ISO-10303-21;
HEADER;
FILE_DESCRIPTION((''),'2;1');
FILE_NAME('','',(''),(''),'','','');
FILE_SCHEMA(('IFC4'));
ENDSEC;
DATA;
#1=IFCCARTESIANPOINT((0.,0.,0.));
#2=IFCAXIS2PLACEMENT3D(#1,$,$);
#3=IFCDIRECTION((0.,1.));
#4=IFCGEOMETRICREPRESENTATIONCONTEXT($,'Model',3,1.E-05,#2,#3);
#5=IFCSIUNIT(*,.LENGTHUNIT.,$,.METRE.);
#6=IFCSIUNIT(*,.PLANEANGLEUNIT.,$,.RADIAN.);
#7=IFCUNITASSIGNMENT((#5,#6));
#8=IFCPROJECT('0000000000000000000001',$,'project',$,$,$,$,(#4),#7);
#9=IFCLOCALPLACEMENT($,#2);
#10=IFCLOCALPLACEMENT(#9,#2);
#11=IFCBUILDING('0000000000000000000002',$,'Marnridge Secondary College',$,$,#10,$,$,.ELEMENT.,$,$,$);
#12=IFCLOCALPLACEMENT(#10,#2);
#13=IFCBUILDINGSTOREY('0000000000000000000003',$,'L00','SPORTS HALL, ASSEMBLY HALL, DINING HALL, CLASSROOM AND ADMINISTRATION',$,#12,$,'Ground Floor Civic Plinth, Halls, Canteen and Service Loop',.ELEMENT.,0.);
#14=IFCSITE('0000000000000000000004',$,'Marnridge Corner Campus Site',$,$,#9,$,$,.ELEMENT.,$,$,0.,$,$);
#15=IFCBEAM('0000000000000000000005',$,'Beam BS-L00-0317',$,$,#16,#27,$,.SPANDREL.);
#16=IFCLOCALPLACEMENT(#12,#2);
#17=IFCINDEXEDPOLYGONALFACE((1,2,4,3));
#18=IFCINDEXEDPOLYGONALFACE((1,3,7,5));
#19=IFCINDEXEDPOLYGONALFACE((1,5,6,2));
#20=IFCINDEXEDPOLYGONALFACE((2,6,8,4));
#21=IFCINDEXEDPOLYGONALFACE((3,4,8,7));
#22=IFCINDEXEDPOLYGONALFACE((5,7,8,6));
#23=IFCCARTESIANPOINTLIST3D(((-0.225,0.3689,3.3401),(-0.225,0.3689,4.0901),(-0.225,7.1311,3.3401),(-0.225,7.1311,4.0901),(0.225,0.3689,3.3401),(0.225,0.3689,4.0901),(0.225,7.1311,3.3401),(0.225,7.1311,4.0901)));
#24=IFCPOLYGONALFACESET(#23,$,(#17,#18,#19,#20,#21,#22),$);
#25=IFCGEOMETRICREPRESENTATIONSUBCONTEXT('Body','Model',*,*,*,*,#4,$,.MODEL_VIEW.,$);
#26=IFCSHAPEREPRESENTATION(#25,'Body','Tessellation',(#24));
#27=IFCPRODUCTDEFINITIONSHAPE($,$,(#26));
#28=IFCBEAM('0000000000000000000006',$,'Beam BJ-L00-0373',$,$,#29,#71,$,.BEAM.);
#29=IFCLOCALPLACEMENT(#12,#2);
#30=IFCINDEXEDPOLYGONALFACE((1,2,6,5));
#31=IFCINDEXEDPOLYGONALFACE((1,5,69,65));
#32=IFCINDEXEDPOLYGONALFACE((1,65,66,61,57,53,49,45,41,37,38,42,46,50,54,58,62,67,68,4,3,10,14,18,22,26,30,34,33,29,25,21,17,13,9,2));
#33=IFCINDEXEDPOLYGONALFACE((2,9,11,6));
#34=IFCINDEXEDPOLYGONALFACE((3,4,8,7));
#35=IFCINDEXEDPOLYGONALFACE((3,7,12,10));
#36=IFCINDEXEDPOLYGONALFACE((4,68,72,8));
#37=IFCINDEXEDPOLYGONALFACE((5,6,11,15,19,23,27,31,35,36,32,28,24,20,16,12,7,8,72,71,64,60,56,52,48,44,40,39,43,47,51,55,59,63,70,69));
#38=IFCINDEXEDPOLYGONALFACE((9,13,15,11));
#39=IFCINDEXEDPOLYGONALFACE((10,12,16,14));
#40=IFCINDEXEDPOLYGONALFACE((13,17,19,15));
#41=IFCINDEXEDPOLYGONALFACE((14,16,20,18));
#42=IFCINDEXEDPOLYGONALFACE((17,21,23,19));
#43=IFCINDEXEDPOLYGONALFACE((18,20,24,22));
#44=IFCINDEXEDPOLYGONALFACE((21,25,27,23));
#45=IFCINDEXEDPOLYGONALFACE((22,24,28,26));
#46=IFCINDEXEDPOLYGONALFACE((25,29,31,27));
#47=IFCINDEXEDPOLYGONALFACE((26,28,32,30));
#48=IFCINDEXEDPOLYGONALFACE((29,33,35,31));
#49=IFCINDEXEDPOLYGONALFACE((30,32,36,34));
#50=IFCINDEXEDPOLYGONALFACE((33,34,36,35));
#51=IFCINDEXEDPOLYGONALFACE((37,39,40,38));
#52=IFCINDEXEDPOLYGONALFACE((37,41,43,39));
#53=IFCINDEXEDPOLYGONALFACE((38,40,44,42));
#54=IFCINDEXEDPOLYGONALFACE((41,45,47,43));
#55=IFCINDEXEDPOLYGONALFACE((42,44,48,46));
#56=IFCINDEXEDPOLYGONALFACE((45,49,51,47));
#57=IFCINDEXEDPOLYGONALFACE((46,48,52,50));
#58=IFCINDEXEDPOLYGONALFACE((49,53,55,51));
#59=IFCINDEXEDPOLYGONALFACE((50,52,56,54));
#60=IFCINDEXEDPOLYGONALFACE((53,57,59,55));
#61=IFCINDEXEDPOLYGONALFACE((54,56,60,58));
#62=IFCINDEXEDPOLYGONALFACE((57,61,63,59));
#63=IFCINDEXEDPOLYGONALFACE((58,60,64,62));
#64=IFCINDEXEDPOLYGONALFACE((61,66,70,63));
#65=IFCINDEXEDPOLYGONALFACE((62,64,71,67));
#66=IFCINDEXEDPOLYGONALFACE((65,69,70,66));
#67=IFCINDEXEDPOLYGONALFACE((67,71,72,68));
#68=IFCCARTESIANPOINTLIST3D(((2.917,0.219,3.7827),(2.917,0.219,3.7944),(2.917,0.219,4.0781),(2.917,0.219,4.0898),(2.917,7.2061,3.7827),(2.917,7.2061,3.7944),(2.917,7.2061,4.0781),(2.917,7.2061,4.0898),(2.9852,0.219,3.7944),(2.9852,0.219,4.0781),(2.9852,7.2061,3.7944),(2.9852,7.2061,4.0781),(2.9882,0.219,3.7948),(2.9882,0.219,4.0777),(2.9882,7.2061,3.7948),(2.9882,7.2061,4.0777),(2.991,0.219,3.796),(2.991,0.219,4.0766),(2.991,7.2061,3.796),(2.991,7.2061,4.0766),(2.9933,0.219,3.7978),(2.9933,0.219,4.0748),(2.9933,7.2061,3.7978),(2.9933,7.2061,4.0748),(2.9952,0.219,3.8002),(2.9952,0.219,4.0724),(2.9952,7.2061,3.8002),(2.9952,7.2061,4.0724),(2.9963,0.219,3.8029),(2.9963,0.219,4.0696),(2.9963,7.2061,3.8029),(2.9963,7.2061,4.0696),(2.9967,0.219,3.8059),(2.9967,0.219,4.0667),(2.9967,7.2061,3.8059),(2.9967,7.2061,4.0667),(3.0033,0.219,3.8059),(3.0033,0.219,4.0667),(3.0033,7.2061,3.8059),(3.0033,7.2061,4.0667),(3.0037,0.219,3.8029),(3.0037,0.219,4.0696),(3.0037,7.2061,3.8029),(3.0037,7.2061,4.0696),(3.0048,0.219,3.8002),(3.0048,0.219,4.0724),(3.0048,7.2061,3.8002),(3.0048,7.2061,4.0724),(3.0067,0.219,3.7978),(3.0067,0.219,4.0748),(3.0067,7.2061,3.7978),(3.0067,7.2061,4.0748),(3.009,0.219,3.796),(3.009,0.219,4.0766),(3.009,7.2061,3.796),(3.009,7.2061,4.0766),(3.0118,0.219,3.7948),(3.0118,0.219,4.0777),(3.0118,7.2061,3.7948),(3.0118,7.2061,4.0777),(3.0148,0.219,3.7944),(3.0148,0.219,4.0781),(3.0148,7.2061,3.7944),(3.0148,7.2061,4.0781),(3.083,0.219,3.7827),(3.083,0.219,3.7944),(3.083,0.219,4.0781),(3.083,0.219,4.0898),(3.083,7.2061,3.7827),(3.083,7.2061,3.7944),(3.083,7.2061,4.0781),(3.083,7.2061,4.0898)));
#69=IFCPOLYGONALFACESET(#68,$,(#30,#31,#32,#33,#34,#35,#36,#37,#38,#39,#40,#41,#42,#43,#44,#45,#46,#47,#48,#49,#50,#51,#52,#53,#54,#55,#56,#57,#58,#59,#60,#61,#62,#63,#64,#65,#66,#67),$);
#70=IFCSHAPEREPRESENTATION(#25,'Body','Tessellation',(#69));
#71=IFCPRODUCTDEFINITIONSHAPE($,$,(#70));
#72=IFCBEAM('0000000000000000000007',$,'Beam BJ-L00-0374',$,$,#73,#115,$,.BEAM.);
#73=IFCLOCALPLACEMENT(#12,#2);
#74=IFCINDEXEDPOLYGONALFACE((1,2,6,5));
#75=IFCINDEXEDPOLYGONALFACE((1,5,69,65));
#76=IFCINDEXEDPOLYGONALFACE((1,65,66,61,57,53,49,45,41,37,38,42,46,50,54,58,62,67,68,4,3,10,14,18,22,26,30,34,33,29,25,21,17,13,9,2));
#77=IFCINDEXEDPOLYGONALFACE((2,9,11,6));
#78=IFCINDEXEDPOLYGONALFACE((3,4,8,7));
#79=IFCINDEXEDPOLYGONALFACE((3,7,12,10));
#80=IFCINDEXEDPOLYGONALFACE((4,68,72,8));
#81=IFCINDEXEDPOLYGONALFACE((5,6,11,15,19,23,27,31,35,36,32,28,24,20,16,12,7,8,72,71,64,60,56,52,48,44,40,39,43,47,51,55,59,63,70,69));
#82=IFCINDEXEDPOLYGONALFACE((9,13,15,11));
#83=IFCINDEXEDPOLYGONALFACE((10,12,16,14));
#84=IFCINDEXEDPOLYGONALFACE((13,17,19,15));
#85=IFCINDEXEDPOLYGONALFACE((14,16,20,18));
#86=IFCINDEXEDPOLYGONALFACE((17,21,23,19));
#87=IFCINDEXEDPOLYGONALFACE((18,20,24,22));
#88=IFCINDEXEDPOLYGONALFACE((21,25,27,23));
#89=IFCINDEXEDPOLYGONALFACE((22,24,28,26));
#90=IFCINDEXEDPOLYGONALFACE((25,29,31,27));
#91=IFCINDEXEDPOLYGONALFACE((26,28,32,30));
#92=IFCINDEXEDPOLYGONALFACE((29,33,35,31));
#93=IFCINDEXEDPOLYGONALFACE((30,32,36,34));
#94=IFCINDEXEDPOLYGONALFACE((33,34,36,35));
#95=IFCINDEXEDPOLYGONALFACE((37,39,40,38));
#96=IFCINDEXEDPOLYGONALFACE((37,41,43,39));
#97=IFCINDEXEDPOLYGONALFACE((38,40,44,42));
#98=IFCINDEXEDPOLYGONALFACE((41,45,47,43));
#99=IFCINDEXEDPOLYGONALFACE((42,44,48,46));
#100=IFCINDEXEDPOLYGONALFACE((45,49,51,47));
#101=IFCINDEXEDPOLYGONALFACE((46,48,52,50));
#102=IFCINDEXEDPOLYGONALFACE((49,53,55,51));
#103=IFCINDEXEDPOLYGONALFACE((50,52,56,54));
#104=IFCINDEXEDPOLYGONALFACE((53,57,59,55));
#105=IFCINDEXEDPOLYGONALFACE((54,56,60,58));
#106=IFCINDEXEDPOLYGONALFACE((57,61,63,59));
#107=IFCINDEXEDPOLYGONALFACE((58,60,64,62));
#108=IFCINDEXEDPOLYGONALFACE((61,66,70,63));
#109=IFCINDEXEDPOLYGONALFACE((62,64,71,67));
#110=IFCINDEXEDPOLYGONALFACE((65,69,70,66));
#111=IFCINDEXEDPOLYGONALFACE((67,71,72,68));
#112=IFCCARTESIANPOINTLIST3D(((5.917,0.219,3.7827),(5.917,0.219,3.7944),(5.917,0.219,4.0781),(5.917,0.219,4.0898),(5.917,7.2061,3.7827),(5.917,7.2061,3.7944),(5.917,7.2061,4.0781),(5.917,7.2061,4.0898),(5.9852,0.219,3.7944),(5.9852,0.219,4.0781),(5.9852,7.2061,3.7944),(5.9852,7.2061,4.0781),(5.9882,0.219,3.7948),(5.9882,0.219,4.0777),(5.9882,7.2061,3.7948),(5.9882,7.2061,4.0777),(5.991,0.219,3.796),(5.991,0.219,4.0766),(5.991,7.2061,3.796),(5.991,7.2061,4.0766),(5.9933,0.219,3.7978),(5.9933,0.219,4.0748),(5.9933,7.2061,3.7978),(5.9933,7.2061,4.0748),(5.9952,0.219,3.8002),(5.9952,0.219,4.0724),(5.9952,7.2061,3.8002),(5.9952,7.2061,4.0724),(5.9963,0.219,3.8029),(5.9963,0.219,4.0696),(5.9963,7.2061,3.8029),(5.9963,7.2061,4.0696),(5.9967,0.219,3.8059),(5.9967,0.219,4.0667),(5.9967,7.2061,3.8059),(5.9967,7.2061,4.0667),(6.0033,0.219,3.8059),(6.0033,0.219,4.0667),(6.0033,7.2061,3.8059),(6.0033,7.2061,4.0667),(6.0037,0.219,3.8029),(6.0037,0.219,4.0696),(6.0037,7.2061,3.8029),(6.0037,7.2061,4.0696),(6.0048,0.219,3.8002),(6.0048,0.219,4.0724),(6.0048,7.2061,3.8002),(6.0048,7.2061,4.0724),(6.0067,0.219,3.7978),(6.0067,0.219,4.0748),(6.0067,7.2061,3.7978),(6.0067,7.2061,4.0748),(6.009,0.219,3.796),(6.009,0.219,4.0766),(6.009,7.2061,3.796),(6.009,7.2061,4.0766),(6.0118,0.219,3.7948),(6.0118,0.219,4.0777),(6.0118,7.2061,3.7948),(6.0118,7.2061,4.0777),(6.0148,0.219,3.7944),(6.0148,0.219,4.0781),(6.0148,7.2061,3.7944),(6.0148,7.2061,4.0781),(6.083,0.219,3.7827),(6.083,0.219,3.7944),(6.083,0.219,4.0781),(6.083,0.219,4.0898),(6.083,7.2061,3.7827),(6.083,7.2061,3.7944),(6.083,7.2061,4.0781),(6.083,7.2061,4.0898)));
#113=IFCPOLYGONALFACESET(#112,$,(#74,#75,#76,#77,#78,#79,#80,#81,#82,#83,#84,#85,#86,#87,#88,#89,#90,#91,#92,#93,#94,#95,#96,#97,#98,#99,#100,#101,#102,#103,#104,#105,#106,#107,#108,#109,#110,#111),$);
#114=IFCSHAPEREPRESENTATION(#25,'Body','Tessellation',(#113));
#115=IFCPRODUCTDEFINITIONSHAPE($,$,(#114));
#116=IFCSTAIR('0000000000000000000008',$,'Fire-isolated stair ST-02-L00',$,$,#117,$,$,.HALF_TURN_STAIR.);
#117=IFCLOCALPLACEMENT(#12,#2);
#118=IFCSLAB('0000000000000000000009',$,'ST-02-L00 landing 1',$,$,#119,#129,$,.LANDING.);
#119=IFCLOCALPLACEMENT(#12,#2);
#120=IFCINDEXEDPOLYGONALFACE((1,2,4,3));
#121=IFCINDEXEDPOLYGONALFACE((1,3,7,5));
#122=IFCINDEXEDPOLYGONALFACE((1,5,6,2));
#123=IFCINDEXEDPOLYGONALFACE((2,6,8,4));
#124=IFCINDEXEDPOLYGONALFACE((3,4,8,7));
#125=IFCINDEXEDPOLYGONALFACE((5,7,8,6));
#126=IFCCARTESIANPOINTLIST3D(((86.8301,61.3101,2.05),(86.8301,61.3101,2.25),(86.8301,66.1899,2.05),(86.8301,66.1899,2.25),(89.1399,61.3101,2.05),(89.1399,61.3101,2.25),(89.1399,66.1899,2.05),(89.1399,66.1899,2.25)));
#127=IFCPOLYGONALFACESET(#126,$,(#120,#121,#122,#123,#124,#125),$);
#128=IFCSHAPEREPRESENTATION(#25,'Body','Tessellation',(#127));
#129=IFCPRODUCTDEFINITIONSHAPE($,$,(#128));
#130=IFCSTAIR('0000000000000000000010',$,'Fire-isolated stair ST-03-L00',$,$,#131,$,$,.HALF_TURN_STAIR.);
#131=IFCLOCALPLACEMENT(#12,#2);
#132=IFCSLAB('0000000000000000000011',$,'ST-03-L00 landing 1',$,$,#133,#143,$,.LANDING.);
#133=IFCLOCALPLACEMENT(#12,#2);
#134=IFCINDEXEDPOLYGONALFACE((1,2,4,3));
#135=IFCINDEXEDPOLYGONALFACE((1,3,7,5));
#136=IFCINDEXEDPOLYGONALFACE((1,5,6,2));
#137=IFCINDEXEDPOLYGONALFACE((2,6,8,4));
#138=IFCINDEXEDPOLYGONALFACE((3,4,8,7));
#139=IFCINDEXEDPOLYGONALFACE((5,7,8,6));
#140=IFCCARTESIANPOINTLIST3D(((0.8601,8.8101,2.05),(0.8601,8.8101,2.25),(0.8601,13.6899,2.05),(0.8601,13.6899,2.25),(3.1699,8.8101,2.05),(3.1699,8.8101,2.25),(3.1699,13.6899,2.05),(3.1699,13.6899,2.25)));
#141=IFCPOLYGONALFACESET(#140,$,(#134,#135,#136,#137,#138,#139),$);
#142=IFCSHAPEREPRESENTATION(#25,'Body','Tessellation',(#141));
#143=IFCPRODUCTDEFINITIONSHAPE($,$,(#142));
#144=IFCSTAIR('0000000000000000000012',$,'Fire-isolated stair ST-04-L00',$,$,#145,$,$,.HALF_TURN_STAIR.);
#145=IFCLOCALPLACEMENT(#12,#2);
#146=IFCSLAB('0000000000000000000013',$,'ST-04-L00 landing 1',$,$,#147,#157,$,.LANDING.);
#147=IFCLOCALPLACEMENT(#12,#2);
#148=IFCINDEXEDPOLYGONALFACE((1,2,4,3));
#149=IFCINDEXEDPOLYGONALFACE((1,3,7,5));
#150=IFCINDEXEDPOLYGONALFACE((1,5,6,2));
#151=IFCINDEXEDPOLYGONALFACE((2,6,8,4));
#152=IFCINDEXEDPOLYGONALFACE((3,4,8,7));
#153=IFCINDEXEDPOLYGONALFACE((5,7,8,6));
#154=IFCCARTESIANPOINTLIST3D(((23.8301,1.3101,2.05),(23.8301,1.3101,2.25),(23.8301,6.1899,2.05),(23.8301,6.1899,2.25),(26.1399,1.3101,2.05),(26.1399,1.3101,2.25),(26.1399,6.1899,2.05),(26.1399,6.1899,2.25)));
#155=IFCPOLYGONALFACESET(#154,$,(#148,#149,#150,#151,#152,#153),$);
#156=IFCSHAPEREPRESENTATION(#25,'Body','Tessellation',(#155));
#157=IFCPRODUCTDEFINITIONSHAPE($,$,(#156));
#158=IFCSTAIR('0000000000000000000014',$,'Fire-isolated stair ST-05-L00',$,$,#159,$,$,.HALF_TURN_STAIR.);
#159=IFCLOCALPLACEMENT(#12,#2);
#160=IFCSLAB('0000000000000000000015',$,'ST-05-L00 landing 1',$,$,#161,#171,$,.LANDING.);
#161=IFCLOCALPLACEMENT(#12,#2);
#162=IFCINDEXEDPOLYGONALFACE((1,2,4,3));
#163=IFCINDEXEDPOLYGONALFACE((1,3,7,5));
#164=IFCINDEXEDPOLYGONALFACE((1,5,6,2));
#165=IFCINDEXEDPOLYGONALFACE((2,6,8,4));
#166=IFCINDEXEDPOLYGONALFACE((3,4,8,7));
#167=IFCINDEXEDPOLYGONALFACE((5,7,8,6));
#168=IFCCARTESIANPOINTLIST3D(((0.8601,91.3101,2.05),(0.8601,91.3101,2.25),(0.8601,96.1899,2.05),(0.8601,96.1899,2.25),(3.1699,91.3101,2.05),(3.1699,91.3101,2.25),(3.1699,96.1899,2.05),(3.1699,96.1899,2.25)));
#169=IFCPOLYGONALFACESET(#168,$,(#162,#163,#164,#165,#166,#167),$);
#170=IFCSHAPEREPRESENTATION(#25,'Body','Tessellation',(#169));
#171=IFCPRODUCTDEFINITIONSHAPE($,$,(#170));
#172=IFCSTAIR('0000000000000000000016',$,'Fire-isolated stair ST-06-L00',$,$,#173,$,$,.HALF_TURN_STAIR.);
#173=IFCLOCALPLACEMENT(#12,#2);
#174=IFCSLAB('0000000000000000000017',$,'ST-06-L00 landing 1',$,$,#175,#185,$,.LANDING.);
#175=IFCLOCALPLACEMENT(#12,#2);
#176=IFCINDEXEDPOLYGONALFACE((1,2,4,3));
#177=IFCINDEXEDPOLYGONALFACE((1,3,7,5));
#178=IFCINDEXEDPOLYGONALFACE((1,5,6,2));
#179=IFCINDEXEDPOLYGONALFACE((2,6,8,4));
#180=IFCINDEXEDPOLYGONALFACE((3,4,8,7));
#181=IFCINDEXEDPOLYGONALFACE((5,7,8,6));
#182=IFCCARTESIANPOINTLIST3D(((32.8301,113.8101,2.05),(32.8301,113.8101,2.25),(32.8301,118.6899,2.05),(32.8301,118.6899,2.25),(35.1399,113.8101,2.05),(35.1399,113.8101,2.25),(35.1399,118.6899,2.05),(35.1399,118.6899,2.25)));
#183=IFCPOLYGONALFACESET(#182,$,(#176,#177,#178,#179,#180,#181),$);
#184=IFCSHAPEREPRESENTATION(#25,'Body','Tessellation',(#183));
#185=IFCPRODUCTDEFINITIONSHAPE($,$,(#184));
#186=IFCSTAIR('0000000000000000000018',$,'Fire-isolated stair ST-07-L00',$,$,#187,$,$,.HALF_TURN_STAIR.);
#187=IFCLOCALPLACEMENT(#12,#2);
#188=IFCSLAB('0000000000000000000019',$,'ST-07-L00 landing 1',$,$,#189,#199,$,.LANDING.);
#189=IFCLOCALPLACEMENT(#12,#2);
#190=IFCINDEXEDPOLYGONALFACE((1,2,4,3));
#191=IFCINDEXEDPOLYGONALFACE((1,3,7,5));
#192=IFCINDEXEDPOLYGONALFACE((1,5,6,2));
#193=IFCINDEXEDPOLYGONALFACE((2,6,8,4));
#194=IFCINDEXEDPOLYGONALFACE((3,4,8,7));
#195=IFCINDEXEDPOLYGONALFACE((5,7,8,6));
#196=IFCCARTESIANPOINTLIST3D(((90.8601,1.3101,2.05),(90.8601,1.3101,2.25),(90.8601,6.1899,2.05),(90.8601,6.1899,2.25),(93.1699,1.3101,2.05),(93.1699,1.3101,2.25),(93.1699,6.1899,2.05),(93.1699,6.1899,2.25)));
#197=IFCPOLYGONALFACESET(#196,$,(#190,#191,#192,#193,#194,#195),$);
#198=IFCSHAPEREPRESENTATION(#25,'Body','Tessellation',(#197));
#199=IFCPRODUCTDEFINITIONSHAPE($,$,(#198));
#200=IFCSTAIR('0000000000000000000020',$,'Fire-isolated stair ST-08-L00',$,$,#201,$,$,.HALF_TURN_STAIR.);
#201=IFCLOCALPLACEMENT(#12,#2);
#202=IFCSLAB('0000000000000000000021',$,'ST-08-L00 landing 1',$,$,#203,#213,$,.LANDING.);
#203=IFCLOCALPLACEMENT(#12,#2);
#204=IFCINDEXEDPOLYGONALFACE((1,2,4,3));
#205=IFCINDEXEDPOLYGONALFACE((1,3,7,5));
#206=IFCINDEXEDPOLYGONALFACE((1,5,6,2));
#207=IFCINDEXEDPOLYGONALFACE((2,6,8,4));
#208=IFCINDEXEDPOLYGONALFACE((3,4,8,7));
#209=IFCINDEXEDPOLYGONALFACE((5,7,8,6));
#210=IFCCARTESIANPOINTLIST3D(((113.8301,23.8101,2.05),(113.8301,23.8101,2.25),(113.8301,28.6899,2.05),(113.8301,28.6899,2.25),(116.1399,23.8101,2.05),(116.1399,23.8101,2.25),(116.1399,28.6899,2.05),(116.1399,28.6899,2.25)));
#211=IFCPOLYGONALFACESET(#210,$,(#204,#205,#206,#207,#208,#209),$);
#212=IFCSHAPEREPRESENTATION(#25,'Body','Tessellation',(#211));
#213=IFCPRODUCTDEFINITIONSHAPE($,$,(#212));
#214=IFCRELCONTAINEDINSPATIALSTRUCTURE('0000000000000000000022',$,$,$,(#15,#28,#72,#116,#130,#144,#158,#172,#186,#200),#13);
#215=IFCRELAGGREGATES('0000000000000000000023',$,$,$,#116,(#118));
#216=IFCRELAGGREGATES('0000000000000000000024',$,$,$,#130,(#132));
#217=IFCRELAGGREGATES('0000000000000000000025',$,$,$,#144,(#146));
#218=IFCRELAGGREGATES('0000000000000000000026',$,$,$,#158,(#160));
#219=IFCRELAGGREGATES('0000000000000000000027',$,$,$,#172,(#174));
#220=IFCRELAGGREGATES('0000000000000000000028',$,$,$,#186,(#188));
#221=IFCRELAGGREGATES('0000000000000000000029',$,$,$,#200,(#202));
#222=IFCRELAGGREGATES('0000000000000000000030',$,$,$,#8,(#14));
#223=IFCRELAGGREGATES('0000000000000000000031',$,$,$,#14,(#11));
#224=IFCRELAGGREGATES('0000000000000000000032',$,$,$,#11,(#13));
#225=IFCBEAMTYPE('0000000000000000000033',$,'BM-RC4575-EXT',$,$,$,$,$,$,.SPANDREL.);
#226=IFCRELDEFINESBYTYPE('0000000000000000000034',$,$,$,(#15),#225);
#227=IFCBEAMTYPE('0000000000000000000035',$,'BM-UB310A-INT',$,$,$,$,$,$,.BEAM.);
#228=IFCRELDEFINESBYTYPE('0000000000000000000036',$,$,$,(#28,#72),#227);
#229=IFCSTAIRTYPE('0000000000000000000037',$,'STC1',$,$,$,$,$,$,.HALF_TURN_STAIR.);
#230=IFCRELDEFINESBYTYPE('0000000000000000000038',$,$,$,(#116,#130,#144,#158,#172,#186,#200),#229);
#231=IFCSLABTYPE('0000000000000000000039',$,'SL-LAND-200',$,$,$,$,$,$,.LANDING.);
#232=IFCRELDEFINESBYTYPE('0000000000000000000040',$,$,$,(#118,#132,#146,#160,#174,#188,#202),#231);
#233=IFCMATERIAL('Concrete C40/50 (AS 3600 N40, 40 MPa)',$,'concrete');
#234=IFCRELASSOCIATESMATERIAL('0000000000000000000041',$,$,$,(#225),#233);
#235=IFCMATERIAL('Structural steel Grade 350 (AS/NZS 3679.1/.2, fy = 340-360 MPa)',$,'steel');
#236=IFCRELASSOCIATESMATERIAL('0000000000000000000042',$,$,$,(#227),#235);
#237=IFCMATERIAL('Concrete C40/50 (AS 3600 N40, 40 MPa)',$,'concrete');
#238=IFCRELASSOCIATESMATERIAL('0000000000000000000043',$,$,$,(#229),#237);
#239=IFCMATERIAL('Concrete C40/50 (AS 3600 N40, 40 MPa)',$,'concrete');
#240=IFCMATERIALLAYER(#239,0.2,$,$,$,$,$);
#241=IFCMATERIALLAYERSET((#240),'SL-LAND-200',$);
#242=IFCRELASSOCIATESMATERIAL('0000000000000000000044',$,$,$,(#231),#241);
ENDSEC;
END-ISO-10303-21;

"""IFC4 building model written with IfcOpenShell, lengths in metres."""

from ifc_helpers import new_model, si_unit, direction, frame, origin, origin_2d, place, context, subcontext, project, spatial, polyline, rectangle, i_section, outline, extrude, material, layer, layer_set, material_profile, profile_set, type_object, element, aggregate, save


model = new_model("IFC4")

# Units and contexts
model_context = context("Model", 3, precision=1e-05, world=origin(), true_north=direction((0.0, 1.0)))
body_context = subcontext(model_context, "Body", "Model", "MODEL_VIEW")
ifc_project = project(units=[si_unit("LENGTHUNIT", "METRE"), si_unit("PLANEANGLEUNIT", "RADIAN")], contexts=[model_context])

# Site, building, storey
site_placement = place(None, origin())
site = spatial("IfcSite", under=ifc_project, at=site_placement, Name="Marnridge Corner Campus Site", CompositionType="ELEMENT", RefElevation=0.0)
building_placement = place(site_placement, origin())
building = spatial("IfcBuilding", under=site, at=building_placement, Name="Marnridge Secondary College", CompositionType="ELEMENT")
storey_placement = place(building_placement, origin())
storey = spatial("IfcBuildingStorey", under=building, at=storey_placement, Name="L00", Description="SPORTS HALL, ASSEMBLY HALL, DINING HALL, CLASSROOM AND ADMINISTRATION", LongName="Ground Floor Civic Plinth, Halls, Canteen and Service Loop", CompositionType="ELEMENT", Elevation=0.0)

# Beams
ifc_material_1 = material(Name="Concrete C40/50 (AS 3600 N40, 40 MPa)", Category="concrete")
ifc_material_profile_1 = material_profile(ifc_material_1, rectangle(XDim=0.45, YDim=0.75, at=origin_2d()), Name="RC 450x750")
ifc_profile_set_1 = profile_set([ifc_material_profile_1], Name="Concrete C40/50 (AS 3600 N40, 40 MPa)")
beam_type_1 = type_object("IfcBeamType", Name="BM-RC4575-EXT", PredefinedType="SPANDREL", material=ifc_profile_set_1)
beam_1_placement = place(storey_placement, frame((0.0, 0.3689, 3.7151), z_axis=(0.0, 1.0, 0.0), x_axis=(-1.0, 0.0, 0.0)))
element("IfcBeam", 1, at=beam_1_placement, inside=storey, type_object=beam_type_1, Name="Beam BS-L00-0317", PredefinedType="SPANDREL", context=body_context, shape_type="SweptSolid", body=[
    extrude(rectangle(XDim=0.45, YDim=0.75, at=origin_2d()), origin(), (0.0, 0.0, 1.0), 6.7622),
])
ifc_material_2 = material(Name="Structural steel Grade 350 (AS/NZS 3679.1/.2, fy = 340-360 MPa)", Category="steel")
ifc_material_profile_2 = material_profile(ifc_material_2, i_section(OverallWidth=0.166, OverallDepth=0.3071, WebThickness=0.0066, FlangeThickness=0.0117, FilletRadius=0.0115, at=origin_2d()), Name="310UB46.2")
ifc_profile_set_2 = profile_set([ifc_material_profile_2], Name="Structural steel Grade 350 (AS/NZS 3679.1/.2, fy = 340-360 MPa)")
beam_type_2 = type_object("IfcBeamType", Name="BM-UB310A-INT", PredefinedType="BEAM", material=ifc_profile_set_2)
for number, where, z_axis, x_axis, name in (
    (2, (3.0, 0.219, 3.9363), (0.0, 1.0, 0.0), (-1.0, 0.0, 0.0), "Beam BJ-L00-0373"),
    (3, (6.0, 0.219, 3.9363), (0.0, 1.0, 0.0), (-1.0, 0.0, 0.0), "Beam BJ-L00-0374"),
):
    element("IfcBeam", number, at=place(storey_placement, frame(where, z_axis=z_axis, x_axis=x_axis)), inside=storey, type_object=beam_type_2, Name=name, PredefinedType="BEAM", context=body_context, shape_type="SweptSolid", body=[
        extrude(i_section(OverallWidth=0.166, OverallDepth=0.3071, WebThickness=0.0066, FlangeThickness=0.0117, FilletRadius=0.0115, at=origin_2d()), origin(), (0.0, 0.0, 1.0), 6.9871),
    ])

# Stairs, slabs
ifc_material_3 = material(Name="Concrete C40/50 (AS 3600 N40, 40 MPa)", Category="concrete")
stair_type = type_object("IfcStairType", Name="STC1", PredefinedType="HALF_TURN_STAIR", material=ifc_material_3)
stair_1_placement = place(storey_placement, origin())
stair_1 = element("IfcStair", 4, at=stair_1_placement, inside=storey, type_object=stair_type, Name="Fire-isolated stair ST-02-L00", PredefinedType="HALF_TURN_STAIR")
ifc_material_4 = material(Name="Concrete C40/50 (AS 3600 N40, 40 MPa)", Category="concrete")
ifc_layer_1 = layer(ifc_material_4, 0.2)
ifc_layer_set_1 = layer_set([ifc_layer_1], Name="SL-LAND-200")
slab_type = type_object("IfcSlabType", Name="SL-LAND-200", PredefinedType="LANDING", material=ifc_layer_set_1)
slab_1_placement = place(storey_placement, frame((0.0, 0.0, 2.05)))
slab_1 = element("IfcSlab", 5, at=slab_1_placement, type_object=slab_type, Name="ST-02-L00 landing 1", PredefinedType="LANDING", context=body_context, shape_type="SweptSolid", body=[
    extrude(outline(polyline([(86.8301, 61.3101), (89.1399, 61.3101), (89.1399, 66.1899), (86.8301, 66.1899), (86.8301, 61.3101)])), origin(), (0.0, 0.0, 1.0), 0.2),
])
aggregate(stair_1, [slab_1])
stair_2_placement = place(storey_placement, origin())
stair_2 = element("IfcStair", 6, at=stair_2_placement, inside=storey, type_object=stair_type, Name="Fire-isolated stair ST-03-L00", PredefinedType="HALF_TURN_STAIR")
slab_2_placement = place(storey_placement, frame((0.0, 0.0, 2.05)))
slab_2 = element("IfcSlab", 7, at=slab_2_placement, type_object=slab_type, Name="ST-03-L00 landing 1", PredefinedType="LANDING", context=body_context, shape_type="SweptSolid", body=[
    extrude(outline(polyline([(0.8601, 8.8101), (3.1699, 8.8101), (3.1699, 13.6899), (0.8601, 13.6899), (0.8601, 8.8101)])), origin(), (0.0, 0.0, 1.0), 0.2),
])
aggregate(stair_2, [slab_2])
stair_3_placement = place(storey_placement, origin())
stair_3 = element("IfcStair", 8, at=stair_3_placement, inside=storey, type_object=stair_type, Name="Fire-isolated stair ST-04-L00", PredefinedType="HALF_TURN_STAIR")
slab_3_placement = place(storey_placement, frame((0.0, 0.0, 2.05)))
slab_3 = element("IfcSlab", 9, at=slab_3_placement, type_object=slab_type, Name="ST-04-L00 landing 1", PredefinedType="LANDING", context=body_context, shape_type="SweptSolid", body=[
    extrude(outline(polyline([(23.8301, 1.3101), (26.1399, 1.3101), (26.1399, 6.1899), (23.8301, 6.1899), (23.8301, 1.3101)])), origin(), (0.0, 0.0, 1.0), 0.2),
])
aggregate(stair_3, [slab_3])
stair_4_placement = place(storey_placement, origin())
stair_4 = element("IfcStair", 10, at=stair_4_placement, inside=storey, type_object=stair_type, Name="Fire-isolated stair ST-05-L00", PredefinedType="HALF_TURN_STAIR")
slab_4_placement = place(storey_placement, frame((0.0, 0.0, 2.05)))
slab_4 = element("IfcSlab", 11, at=slab_4_placement, type_object=slab_type, Name="ST-05-L00 landing 1", PredefinedType="LANDING", context=body_context, shape_type="SweptSolid", body=[
    extrude(outline(polyline([(0.8601, 91.3101), (3.1699, 91.3101), (3.1699, 96.1899), (0.8601, 96.1899), (0.8601, 91.3101)])), origin(), (0.0, 0.0, 1.0), 0.2),
])
aggregate(stair_4, [slab_4])
stair_5_placement = place(storey_placement, origin())
stair_5 = element("IfcStair", 12, at=stair_5_placement, inside=storey, type_object=stair_type, Name="Fire-isolated stair ST-06-L00", PredefinedType="HALF_TURN_STAIR")
slab_5_placement = place(storey_placement, frame((0.0, 0.0, 2.05)))
slab_5 = element("IfcSlab", 13, at=slab_5_placement, type_object=slab_type, Name="ST-06-L00 landing 1", PredefinedType="LANDING", context=body_context, shape_type="SweptSolid", body=[
    extrude(outline(polyline([(32.8301, 113.8101), (35.1399, 113.8101), (35.1399, 118.6899), (32.8301, 118.6899), (32.8301, 113.8101)])), origin(), (0.0, 0.0, 1.0), 0.2),
])
aggregate(stair_5, [slab_5])
stair_6_placement = place(storey_placement, origin())
stair_6 = element("IfcStair", 14, at=stair_6_placement, inside=storey, type_object=stair_type, Name="Fire-isolated stair ST-07-L00", PredefinedType="HALF_TURN_STAIR")
slab_6_placement = place(storey_placement, frame((0.0, 0.0, 2.05)))
slab_6 = element("IfcSlab", 15, at=slab_6_placement, type_object=slab_type, Name="ST-07-L00 landing 1", PredefinedType="LANDING", context=body_context, shape_type="SweptSolid", body=[
    extrude(outline(polyline([(90.8601, 1.3101), (93.1699, 1.3101), (93.1699, 6.1899), (90.8601, 6.1899), (90.8601, 1.3101)])), origin(), (0.0, 0.0, 1.0), 0.2),
])
aggregate(stair_6, [slab_6])
stair_7_placement = place(storey_placement, origin())
stair_7 = element("IfcStair", 16, at=stair_7_placement, inside=storey, type_object=stair_type, Name="Fire-isolated stair ST-08-L00", PredefinedType="HALF_TURN_STAIR")
slab_7_placement = place(storey_placement, frame((0.0, 0.0, 2.05)))
slab_7 = element("IfcSlab", 17, at=slab_7_placement, type_object=slab_type, Name="ST-08-L00 landing 1", PredefinedType="LANDING", context=body_context, shape_type="SweptSolid", body=[
    extrude(outline(polyline([(113.8301, 23.8101), (116.1399, 23.8101), (116.1399, 28.6899), (113.8301, 28.6899), (113.8301, 23.8101)])), origin(), (0.0, 0.0, 1.0), 0.2),
])
aggregate(stair_7, [slab_7])

save(model, "model.ifc")
